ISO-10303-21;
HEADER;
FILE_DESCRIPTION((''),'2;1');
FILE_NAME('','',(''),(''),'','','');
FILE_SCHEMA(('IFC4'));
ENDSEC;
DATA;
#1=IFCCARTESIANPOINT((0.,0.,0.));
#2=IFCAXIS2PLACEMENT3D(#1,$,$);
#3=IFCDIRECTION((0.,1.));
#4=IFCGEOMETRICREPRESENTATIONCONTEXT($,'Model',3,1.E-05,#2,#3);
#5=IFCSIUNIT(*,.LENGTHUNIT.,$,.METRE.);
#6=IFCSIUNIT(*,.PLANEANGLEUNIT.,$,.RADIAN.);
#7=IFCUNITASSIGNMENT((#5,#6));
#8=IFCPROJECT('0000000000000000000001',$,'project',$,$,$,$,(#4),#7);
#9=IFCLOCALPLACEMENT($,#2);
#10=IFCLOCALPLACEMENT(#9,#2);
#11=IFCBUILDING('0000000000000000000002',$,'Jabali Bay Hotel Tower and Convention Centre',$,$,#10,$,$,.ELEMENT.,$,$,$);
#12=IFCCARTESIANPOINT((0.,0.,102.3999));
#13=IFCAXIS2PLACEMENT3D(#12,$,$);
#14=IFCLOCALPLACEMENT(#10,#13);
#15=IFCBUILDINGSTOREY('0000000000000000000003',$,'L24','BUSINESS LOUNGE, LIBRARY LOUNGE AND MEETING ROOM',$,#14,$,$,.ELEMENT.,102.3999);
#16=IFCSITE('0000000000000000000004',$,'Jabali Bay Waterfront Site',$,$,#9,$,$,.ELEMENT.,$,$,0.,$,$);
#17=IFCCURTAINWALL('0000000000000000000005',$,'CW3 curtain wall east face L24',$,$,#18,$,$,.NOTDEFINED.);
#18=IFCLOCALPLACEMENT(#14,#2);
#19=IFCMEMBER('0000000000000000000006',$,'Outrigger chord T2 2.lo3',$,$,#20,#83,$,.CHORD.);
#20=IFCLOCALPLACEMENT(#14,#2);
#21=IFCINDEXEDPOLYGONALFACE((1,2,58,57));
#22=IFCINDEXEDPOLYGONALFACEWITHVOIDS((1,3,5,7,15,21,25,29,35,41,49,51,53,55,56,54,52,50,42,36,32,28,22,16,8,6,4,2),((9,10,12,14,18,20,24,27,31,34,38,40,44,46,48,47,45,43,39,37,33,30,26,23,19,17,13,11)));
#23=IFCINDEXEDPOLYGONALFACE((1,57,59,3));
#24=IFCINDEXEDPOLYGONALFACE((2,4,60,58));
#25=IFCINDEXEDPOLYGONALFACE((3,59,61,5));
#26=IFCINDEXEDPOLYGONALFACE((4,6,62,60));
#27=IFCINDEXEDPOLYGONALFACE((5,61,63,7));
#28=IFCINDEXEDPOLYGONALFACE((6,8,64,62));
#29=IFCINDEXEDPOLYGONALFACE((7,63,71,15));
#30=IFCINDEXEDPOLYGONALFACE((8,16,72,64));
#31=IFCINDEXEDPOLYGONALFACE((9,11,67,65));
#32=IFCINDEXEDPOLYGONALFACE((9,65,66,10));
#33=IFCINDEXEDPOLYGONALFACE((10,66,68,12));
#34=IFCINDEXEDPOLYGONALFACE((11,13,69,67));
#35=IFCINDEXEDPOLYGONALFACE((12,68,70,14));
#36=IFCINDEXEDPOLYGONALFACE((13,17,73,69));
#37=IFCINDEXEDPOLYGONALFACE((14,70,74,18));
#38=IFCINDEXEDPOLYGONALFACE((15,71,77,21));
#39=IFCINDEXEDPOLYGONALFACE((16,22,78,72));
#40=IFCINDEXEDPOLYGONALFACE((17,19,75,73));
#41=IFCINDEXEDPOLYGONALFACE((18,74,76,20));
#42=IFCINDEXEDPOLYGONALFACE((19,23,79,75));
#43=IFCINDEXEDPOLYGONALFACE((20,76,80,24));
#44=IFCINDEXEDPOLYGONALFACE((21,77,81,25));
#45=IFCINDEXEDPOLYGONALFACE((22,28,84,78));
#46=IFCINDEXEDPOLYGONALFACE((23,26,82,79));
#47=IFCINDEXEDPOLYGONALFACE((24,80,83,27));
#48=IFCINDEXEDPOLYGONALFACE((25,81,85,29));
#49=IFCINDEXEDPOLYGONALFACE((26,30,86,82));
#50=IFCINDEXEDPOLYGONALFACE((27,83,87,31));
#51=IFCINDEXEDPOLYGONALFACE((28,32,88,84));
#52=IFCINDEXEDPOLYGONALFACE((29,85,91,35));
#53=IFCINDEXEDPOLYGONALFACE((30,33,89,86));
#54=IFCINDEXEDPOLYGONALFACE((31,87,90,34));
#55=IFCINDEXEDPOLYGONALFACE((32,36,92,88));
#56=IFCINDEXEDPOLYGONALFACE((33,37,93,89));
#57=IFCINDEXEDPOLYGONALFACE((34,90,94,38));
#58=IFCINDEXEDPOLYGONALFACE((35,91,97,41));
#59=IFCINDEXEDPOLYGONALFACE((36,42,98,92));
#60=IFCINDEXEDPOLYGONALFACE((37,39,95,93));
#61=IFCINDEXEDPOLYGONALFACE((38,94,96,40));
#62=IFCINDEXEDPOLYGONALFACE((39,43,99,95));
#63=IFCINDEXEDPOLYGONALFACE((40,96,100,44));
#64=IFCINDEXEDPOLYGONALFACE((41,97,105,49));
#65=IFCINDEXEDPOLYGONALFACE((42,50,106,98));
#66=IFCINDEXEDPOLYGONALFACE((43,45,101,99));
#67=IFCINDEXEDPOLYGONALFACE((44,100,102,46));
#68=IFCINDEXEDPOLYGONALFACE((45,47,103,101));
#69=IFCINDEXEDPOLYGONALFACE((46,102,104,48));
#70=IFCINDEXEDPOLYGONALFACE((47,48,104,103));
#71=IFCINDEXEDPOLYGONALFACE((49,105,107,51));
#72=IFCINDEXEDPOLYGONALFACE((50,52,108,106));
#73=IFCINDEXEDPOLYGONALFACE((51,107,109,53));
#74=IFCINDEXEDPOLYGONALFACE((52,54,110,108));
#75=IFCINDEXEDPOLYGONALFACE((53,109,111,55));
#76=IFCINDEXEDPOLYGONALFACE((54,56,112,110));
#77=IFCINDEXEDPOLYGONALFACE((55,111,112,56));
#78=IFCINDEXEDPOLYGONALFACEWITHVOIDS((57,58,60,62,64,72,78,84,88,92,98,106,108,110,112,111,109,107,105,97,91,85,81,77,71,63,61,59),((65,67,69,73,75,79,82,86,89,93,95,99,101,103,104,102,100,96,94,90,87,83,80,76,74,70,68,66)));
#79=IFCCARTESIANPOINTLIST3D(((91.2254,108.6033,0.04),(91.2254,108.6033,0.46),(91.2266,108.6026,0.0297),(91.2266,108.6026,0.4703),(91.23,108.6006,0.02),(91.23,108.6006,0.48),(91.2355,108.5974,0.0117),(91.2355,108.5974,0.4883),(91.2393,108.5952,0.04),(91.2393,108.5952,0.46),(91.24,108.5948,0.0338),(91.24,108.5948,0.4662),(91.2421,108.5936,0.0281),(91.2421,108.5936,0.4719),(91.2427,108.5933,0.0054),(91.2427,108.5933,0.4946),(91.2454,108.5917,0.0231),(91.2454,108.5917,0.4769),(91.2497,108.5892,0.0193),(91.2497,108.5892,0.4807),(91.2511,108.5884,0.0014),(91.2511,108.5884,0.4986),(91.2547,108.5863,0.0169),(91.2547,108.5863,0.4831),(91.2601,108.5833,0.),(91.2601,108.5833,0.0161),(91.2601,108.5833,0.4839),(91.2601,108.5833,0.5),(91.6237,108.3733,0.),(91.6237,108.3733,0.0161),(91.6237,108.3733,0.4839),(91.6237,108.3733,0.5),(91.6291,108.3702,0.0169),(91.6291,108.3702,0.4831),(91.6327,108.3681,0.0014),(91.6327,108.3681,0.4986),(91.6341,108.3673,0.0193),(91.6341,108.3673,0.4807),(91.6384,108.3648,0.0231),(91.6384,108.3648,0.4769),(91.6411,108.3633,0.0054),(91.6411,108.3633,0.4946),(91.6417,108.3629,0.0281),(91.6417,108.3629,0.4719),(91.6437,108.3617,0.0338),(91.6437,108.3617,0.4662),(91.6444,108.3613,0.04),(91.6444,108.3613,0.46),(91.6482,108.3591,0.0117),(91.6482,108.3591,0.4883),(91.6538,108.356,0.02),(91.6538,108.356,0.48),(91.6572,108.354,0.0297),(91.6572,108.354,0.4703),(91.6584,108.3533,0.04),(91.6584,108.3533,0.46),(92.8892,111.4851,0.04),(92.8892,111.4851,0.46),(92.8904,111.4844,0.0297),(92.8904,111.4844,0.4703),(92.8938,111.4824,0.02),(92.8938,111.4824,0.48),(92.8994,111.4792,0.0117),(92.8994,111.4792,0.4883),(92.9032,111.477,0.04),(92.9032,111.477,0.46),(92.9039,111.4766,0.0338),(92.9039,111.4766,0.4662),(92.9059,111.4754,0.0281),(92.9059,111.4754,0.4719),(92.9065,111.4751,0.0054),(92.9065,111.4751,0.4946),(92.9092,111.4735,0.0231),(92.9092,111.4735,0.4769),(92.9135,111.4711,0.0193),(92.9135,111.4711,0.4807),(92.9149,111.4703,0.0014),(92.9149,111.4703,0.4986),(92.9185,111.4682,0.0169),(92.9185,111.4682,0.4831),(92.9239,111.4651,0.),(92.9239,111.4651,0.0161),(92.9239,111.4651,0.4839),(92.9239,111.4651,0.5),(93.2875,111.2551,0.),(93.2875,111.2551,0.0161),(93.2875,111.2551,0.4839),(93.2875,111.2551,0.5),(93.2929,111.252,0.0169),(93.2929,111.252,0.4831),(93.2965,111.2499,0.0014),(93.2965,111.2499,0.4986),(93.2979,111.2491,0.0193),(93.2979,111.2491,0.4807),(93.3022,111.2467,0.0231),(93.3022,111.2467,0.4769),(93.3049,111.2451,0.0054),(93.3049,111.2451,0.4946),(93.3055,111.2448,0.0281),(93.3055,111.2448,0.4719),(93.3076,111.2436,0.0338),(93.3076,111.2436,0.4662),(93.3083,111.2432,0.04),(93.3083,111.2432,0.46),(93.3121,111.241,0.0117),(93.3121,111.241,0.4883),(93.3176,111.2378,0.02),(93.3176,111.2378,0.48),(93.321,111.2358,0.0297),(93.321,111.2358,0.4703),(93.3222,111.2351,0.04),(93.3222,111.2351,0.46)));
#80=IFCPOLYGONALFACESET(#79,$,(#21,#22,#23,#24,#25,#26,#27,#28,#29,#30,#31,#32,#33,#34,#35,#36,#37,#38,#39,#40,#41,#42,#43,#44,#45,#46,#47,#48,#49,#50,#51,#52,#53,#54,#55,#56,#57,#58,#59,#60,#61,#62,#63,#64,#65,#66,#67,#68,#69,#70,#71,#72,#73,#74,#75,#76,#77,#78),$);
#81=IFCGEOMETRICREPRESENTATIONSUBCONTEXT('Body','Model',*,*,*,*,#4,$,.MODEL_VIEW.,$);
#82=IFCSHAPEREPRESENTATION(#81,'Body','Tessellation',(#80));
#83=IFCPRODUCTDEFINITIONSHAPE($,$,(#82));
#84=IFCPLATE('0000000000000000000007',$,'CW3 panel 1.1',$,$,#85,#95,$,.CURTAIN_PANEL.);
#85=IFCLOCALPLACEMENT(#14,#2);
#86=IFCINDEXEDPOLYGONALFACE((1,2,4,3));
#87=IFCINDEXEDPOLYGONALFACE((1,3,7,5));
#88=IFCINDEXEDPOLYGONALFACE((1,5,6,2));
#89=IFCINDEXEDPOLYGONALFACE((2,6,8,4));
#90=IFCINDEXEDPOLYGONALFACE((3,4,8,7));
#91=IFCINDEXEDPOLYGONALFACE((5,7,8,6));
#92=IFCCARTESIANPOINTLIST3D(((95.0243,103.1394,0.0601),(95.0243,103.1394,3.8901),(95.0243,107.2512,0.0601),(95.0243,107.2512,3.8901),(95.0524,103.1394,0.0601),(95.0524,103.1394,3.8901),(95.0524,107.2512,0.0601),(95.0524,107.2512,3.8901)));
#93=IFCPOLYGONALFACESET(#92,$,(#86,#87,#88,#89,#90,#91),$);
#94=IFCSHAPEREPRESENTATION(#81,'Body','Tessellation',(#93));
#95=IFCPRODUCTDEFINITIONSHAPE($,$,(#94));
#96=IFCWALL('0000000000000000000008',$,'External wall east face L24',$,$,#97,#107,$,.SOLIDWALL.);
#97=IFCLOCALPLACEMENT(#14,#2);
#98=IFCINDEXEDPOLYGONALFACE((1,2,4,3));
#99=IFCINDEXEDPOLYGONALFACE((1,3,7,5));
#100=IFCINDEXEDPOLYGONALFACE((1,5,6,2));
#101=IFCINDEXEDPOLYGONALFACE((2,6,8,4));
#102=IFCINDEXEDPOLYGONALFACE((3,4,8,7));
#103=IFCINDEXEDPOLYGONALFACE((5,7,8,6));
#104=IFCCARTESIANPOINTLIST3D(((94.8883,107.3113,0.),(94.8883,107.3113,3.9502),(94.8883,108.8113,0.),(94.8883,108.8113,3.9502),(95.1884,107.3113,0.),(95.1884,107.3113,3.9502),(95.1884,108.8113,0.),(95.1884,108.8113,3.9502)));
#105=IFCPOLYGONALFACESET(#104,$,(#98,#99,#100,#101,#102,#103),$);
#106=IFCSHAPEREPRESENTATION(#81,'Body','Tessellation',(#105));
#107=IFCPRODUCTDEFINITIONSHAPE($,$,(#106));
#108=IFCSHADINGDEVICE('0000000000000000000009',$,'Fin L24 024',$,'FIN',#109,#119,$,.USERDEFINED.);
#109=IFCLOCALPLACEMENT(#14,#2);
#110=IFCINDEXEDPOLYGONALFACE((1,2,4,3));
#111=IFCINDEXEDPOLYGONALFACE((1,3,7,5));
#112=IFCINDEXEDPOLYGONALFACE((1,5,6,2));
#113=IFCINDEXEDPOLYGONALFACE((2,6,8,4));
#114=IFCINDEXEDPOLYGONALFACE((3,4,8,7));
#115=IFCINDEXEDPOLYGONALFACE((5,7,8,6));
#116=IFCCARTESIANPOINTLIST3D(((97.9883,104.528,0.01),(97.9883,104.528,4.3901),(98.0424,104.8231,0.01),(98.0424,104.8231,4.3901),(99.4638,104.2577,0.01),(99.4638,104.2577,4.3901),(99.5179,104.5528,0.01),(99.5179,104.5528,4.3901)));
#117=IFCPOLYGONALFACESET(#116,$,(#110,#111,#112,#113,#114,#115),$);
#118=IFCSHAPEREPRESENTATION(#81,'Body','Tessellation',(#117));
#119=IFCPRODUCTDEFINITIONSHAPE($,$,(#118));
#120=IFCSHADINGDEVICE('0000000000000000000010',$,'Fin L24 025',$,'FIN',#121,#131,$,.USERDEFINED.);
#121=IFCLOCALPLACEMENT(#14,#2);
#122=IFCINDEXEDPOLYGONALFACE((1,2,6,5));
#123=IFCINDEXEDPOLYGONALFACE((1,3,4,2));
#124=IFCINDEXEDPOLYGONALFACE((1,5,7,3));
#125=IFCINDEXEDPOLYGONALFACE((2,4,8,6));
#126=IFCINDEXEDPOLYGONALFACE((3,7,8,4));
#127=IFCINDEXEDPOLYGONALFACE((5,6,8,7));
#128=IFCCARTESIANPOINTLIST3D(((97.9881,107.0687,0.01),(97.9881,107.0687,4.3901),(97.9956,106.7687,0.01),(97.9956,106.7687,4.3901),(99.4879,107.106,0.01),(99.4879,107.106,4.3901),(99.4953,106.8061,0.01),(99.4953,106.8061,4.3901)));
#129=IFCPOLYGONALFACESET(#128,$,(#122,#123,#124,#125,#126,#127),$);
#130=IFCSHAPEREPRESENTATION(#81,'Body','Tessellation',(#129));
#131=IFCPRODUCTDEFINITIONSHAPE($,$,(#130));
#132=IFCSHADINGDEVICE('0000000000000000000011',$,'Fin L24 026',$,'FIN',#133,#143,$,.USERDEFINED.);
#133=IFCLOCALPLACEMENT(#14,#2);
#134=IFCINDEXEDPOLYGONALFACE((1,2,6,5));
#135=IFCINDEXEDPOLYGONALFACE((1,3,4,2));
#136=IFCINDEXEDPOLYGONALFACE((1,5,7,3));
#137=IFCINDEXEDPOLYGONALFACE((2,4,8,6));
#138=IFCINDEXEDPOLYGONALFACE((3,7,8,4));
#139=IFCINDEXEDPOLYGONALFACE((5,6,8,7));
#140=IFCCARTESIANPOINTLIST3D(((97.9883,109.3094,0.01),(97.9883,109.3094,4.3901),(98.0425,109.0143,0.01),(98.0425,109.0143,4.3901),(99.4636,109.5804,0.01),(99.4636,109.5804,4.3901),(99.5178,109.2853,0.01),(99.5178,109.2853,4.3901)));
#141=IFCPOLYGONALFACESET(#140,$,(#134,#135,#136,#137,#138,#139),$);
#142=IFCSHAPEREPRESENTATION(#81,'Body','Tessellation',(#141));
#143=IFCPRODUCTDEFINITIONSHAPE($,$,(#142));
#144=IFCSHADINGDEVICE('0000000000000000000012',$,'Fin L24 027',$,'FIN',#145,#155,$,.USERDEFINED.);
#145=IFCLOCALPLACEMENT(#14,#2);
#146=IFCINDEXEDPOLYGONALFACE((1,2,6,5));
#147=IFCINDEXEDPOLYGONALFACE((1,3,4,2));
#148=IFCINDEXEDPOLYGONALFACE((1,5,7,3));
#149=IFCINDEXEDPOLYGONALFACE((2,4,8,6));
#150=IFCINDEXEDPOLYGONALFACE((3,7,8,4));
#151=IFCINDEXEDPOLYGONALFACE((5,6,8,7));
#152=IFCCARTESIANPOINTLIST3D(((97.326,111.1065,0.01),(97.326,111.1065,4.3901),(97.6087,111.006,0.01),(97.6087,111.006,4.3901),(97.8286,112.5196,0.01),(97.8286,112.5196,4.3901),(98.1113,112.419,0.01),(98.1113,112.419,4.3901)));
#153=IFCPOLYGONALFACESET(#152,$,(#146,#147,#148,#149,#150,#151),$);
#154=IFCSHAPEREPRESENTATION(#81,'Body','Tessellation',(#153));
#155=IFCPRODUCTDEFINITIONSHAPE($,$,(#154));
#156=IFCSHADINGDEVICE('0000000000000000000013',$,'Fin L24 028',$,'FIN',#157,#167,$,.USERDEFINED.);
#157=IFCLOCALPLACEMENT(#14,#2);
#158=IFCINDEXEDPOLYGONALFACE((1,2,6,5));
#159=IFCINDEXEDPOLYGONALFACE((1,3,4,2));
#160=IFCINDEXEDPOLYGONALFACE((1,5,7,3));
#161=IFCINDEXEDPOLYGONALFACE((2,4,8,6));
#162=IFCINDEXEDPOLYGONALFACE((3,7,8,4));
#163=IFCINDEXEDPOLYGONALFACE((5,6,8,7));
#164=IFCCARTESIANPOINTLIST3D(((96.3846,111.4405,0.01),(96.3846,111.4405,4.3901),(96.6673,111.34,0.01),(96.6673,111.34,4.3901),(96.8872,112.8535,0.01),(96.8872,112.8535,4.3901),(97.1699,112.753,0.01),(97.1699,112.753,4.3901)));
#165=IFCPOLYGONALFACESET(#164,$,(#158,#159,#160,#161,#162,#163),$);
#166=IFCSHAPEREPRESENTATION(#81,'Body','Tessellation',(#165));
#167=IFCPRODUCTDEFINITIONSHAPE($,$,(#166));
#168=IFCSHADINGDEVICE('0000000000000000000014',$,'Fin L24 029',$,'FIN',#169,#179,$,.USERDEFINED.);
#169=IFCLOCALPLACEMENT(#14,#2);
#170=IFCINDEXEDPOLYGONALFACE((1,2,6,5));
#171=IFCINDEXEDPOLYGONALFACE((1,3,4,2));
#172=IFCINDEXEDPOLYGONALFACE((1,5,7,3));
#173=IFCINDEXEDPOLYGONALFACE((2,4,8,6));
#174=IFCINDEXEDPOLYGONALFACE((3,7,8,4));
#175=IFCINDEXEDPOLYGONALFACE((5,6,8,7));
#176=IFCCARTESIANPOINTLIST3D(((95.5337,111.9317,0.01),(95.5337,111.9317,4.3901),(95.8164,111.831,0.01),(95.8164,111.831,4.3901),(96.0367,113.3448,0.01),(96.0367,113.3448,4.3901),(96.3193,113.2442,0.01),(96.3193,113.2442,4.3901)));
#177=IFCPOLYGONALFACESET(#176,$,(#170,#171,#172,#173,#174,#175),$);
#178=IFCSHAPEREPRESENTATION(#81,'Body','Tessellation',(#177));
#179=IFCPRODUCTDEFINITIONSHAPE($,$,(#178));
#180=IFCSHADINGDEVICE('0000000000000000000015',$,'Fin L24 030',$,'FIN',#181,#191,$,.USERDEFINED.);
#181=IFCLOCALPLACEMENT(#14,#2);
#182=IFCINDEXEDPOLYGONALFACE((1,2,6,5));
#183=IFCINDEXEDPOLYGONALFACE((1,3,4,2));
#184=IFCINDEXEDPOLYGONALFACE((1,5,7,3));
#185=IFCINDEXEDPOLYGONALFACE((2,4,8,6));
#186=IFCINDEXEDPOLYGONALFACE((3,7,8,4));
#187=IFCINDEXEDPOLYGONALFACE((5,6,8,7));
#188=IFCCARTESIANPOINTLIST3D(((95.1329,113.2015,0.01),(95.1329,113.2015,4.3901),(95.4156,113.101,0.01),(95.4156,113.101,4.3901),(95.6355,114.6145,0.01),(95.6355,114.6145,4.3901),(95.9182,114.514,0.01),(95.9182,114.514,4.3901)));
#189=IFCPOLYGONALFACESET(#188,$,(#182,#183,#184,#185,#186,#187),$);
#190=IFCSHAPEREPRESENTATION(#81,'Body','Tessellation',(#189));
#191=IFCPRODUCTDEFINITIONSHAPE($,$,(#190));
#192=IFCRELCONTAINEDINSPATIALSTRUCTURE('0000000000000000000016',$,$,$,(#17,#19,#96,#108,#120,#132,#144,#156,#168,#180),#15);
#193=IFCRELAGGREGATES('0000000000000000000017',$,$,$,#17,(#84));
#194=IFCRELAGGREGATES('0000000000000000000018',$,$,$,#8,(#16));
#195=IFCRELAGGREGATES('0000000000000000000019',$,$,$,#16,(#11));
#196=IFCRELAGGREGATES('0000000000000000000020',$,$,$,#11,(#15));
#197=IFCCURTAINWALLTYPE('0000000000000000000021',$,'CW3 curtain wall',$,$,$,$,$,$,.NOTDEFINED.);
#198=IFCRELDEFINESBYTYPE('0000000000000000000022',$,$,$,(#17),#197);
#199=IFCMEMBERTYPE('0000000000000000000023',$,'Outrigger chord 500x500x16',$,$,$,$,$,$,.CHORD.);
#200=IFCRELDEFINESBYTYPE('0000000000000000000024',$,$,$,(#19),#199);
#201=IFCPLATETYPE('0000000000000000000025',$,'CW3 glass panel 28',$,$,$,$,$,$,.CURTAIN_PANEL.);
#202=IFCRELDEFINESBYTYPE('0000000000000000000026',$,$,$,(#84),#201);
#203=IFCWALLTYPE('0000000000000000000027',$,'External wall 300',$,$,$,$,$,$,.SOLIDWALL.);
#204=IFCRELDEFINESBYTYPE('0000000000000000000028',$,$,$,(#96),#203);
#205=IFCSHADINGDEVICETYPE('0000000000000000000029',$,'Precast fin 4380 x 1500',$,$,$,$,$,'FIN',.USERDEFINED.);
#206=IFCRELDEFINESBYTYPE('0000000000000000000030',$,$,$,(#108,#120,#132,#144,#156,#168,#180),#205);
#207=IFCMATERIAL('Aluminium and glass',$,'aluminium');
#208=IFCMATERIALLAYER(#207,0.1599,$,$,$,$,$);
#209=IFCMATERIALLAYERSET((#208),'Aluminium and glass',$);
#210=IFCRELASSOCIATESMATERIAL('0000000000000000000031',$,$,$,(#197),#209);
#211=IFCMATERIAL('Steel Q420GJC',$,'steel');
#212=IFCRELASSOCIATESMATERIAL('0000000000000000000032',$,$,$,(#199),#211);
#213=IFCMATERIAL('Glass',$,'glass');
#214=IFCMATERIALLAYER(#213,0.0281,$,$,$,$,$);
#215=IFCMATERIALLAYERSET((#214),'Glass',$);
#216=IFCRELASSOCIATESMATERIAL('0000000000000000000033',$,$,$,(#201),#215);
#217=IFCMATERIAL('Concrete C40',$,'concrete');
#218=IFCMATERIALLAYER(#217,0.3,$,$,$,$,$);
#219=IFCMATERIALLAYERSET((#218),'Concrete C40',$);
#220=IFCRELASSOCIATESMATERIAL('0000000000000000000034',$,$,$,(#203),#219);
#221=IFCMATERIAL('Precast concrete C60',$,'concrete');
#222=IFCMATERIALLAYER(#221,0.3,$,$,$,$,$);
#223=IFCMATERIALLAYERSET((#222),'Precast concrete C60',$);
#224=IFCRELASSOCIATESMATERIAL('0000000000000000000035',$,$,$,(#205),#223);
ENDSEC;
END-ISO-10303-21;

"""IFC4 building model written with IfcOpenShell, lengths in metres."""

from ifc_helpers import new_model, si_unit, direction, frame, frame_2d, origin, origin_2d, place, context, subcontext, project, spatial, rectangle, hollow_rectangle, extrude, material, layer, layer_set, material_profile, profile_set, type_object, element, aggregate, save


model = new_model("IFC4")

# Units and contexts
model_context = context("Model", 3, precision=1e-05, world=origin(), true_north=direction((0.0, 1.0)))
body_context = subcontext(model_context, "Body", "Model", "MODEL_VIEW")
ifc_project = project(units=[si_unit("LENGTHUNIT", "METRE"), si_unit("PLANEANGLEUNIT", "RADIAN")], contexts=[model_context])

# Site, building, storey
site_placement = place(None, origin())
site = spatial("IfcSite", under=ifc_project, at=site_placement, Name="Jabali Bay Waterfront Site", CompositionType="ELEMENT", RefElevation=0.0)
building_placement = place(site_placement, origin())
building = spatial("IfcBuilding", under=site, at=building_placement, Name="Jabali Bay Hotel Tower and Convention Centre", CompositionType="ELEMENT")
storey_placement = place(building_placement, frame((0.0, 0.0, 102.3999)))
storey = spatial("IfcBuildingStorey", under=building, at=storey_placement, Name="L24", Description="BUSINESS LOUNGE, LIBRARY LOUNGE AND MEETING ROOM", CompositionType="ELEMENT", Elevation=102.3999)

# Shared definitions
ifc_material_1 = material(Name="Steel Q420GJC", Category="steel")

# Curtain wall
ifc_material_2 = material(Name="Aluminium and glass", Category="aluminium")
ifc_layer_1 = layer(ifc_material_2, 0.1599)
ifc_layer_set_1 = layer_set([ifc_layer_1], Name="Aluminium and glass")
curtain_wall_type = type_object("IfcCurtainWallType", Name="CW3 curtain wall", PredefinedType="NOTDEFINED", material=ifc_layer_set_1)
curtain_wall_placement = place(storey_placement, origin())
curtain_wall = element("IfcCurtainWall", 1, at=curtain_wall_placement, inside=storey, type_object=curtain_wall_type, Name="CW3 curtain wall east face L24", PredefinedType="NOTDEFINED")

# Member
ifc_material_profile_1 = material_profile(ifc_material_1, hollow_rectangle(XDim=0.5, YDim=0.5, WallThickness=0.0161, InnerFilletRadius=0.0239, OuterFilletRadius=0.04, at=origin_2d()), Name="Outrigger chord 500x500x16")
ifc_profile_set_1 = profile_set([ifc_material_profile_1], Name="Steel Q420GJC")
member_type_1 = type_object("IfcMemberType", Name="Outrigger chord 500x500x16", PredefinedType="CHORD", material=ifc_profile_set_1)
member_1_placement = place(storey_placement, frame((91.4419, 108.4783, 0.25), z_axis=(0.499998, 0.866027, 0.0), x_axis=(-0.866027, 0.499998, 0.0)))
element("IfcMember", 2, at=member_1_placement, inside=storey, type_object=member_type_1, Name="Outrigger chord T2 2.lo3", PredefinedType="CHORD", context=body_context, shape_type="SweptSolid", body=[
    extrude(hollow_rectangle(XDim=0.5, YDim=0.5, WallThickness=0.0161, InnerFilletRadius=0.0239, OuterFilletRadius=0.04, at=origin_2d()), origin(), (0.0, 0.0, 1.0), 3.3276),
])

# Plate
ifc_material_3 = material(Name="Glass", Category="glass")
ifc_layer_2 = layer(ifc_material_3, 0.0281)
ifc_layer_set_2 = layer_set([ifc_layer_2], Name="Glass")
plate_type = type_object("IfcPlateType", Name="CW3 glass panel 28", PredefinedType="CURTAIN_PANEL", material=ifc_layer_set_2)
plate_placement = place(storey_placement, frame((95.0383, 105.1953, 0.0601), z_axis=(0.0, 0.0, 1.0), x_axis=(0.0, -1.0, 0.0)))
plate = element("IfcPlate", 3, at=plate_placement, type_object=plate_type, Name="CW3 panel 1.1", PredefinedType="CURTAIN_PANEL", context=body_context, shape_type="SweptSolid", body=[
    extrude(rectangle(XDim=4.1118, YDim=0.0281, at=origin_2d()), origin(), (0.0, 0.0, 1.0), 3.8301),
])
aggregate(curtain_wall, [plate])

# Wall
ifc_material_4 = material(Name="Concrete C40", Category="concrete")
ifc_layer_3 = layer(ifc_material_4, 0.3)
ifc_layer_set_3 = layer_set([ifc_layer_3], Name="Concrete C40")
wall_type = type_object("IfcWallType", Name="External wall 300", PredefinedType="SOLIDWALL", material=ifc_layer_set_3)
wall_placement = place(storey_placement, frame((95.0383, 108.8113, 0.0), z_axis=(0.0, 0.0, 1.0), x_axis=(0.0, -1.0, 0.0)))
element("IfcWall", 4, at=wall_placement, inside=storey, type_object=wall_type, Name="External wall east face L24", PredefinedType="SOLIDWALL", context=body_context, shape_type="SweptSolid", body=[
    extrude(rectangle(XDim=1.5, YDim=0.3, at=frame_2d((0.75, 0.0))), origin(), (0.0, 0.0, 1.0), 3.9502),
])

# Shading devices
ifc_material_5 = material(Name="Precast concrete C60", Category="concrete")
ifc_layer_4 = layer(ifc_material_5, 0.3)
ifc_layer_set_4 = layer_set([ifc_layer_4], Name="Precast concrete C60")
shading_device_type = type_object("IfcShadingDeviceType", Name="Precast fin 4380 x 1500", ElementType="FIN", PredefinedType="USERDEFINED", material=ifc_layer_set_4)
shading_device_1_placement = place(storey_placement, frame((98.0154, 104.6755, 0.01), z_axis=(0.0, 0.0, 1.0), x_axis=(0.983632, -0.180189, 0.0)))
element("IfcShadingDevice", 5, at=shading_device_1_placement, inside=storey, type_object=shading_device_type, Name="Fin L24 024", ObjectType="FIN", PredefinedType="USERDEFINED", context=body_context, shape_type="SweptSolid", body=[
    extrude(rectangle(XDim=1.5, YDim=0.3, at=frame_2d((0.75, 0.0))), origin(), (0.0, 0.0, 1.0), 4.3801),
])
shading_device_2_placement = place(storey_placement, frame((97.9919, 106.9187, 0.01), z_axis=(0.0, 0.0, 1.0), x_axis=(0.99969, 0.024899, 0.0)))
element("IfcShadingDevice", 6, at=shading_device_2_placement, inside=storey, type_object=shading_device_type, Name="Fin L24 025", ObjectType="FIN", PredefinedType="USERDEFINED", context=body_context, shape_type="SweptSolid", body=[
    extrude(rectangle(XDim=1.5002, YDim=0.3, at=frame_2d((0.75, 0.0))), origin(), (0.0, 0.0, 1.0), 4.3801),
])
shading_device_3_placement = place(storey_placement, frame((98.0154, 109.1619, 0.01), z_axis=(0.0, 0.0, 1.0), x_axis=(0.983545, 0.180661, 0.0)))
element("IfcShadingDevice", 7, at=shading_device_3_placement, inside=storey, type_object=shading_device_type, Name="Fin L24 026", ObjectType="FIN", PredefinedType="USERDEFINED", context=body_context, shape_type="SweptSolid", body=[
    extrude(rectangle(XDim=1.5, YDim=0.3, at=frame_2d((0.75, 0.0))), origin(), (0.0, 0.0, 1.0), 4.3801),
])
for number, where, z_axis, x_axis, name in (
    (8, (97.4673, 111.0562, 0.01), (0.0, 0.0, 1.0), (0.335161, 0.942161, 0.0), "Fin L24 027"),
    (9, (96.5259, 111.3901, 0.01), (0.0, 0.0, 1.0), (0.335161, 0.942161, 0.0), "Fin L24 028"),
):
    element("IfcShadingDevice", number, at=place(storey_placement, frame(where, z_axis=z_axis, x_axis=x_axis)), inside=storey, type_object=shading_device_type, Name=name, ObjectType="FIN", PredefinedType="USERDEFINED", context=body_context, shape_type="SweptSolid", body=[
        extrude(rectangle(XDim=1.4998, YDim=0.3, at=frame_2d((0.75, 0.0))), origin(), (0.0, 0.0, 1.0), 4.3801),
    ])
shading_device_4_placement = place(storey_placement, frame((95.675, 111.8813, 0.01), z_axis=(0.0, 0.0, 1.0), x_axis=(0.335305, 0.94211, 0.0)))
element("IfcShadingDevice", 10, at=shading_device_4_placement, inside=storey, type_object=shading_device_type, Name="Fin L24 029", ObjectType="FIN", PredefinedType="USERDEFINED", context=body_context, shape_type="SweptSolid", body=[
    extrude(rectangle(XDim=1.5, YDim=0.3, at=frame_2d((0.75, 0.0))), origin(), (0.0, 0.0, 1.0), 4.3801),
])
shading_device_5_placement = place(storey_placement, frame((95.2742, 113.1511, 0.01), z_axis=(0.0, 0.0, 1.0), x_axis=(0.335161, 0.942161, 0.0)))
element("IfcShadingDevice", 11, at=shading_device_5_placement, inside=storey, type_object=shading_device_type, Name="Fin L24 030", ObjectType="FIN", PredefinedType="USERDEFINED", context=body_context, shape_type="SweptSolid", body=[
    extrude(rectangle(XDim=1.4998, YDim=0.3, at=frame_2d((0.75, 0.0))), origin(), (0.0, 0.0, 1.0), 4.3801),
])

save(model, "model.ifc")
